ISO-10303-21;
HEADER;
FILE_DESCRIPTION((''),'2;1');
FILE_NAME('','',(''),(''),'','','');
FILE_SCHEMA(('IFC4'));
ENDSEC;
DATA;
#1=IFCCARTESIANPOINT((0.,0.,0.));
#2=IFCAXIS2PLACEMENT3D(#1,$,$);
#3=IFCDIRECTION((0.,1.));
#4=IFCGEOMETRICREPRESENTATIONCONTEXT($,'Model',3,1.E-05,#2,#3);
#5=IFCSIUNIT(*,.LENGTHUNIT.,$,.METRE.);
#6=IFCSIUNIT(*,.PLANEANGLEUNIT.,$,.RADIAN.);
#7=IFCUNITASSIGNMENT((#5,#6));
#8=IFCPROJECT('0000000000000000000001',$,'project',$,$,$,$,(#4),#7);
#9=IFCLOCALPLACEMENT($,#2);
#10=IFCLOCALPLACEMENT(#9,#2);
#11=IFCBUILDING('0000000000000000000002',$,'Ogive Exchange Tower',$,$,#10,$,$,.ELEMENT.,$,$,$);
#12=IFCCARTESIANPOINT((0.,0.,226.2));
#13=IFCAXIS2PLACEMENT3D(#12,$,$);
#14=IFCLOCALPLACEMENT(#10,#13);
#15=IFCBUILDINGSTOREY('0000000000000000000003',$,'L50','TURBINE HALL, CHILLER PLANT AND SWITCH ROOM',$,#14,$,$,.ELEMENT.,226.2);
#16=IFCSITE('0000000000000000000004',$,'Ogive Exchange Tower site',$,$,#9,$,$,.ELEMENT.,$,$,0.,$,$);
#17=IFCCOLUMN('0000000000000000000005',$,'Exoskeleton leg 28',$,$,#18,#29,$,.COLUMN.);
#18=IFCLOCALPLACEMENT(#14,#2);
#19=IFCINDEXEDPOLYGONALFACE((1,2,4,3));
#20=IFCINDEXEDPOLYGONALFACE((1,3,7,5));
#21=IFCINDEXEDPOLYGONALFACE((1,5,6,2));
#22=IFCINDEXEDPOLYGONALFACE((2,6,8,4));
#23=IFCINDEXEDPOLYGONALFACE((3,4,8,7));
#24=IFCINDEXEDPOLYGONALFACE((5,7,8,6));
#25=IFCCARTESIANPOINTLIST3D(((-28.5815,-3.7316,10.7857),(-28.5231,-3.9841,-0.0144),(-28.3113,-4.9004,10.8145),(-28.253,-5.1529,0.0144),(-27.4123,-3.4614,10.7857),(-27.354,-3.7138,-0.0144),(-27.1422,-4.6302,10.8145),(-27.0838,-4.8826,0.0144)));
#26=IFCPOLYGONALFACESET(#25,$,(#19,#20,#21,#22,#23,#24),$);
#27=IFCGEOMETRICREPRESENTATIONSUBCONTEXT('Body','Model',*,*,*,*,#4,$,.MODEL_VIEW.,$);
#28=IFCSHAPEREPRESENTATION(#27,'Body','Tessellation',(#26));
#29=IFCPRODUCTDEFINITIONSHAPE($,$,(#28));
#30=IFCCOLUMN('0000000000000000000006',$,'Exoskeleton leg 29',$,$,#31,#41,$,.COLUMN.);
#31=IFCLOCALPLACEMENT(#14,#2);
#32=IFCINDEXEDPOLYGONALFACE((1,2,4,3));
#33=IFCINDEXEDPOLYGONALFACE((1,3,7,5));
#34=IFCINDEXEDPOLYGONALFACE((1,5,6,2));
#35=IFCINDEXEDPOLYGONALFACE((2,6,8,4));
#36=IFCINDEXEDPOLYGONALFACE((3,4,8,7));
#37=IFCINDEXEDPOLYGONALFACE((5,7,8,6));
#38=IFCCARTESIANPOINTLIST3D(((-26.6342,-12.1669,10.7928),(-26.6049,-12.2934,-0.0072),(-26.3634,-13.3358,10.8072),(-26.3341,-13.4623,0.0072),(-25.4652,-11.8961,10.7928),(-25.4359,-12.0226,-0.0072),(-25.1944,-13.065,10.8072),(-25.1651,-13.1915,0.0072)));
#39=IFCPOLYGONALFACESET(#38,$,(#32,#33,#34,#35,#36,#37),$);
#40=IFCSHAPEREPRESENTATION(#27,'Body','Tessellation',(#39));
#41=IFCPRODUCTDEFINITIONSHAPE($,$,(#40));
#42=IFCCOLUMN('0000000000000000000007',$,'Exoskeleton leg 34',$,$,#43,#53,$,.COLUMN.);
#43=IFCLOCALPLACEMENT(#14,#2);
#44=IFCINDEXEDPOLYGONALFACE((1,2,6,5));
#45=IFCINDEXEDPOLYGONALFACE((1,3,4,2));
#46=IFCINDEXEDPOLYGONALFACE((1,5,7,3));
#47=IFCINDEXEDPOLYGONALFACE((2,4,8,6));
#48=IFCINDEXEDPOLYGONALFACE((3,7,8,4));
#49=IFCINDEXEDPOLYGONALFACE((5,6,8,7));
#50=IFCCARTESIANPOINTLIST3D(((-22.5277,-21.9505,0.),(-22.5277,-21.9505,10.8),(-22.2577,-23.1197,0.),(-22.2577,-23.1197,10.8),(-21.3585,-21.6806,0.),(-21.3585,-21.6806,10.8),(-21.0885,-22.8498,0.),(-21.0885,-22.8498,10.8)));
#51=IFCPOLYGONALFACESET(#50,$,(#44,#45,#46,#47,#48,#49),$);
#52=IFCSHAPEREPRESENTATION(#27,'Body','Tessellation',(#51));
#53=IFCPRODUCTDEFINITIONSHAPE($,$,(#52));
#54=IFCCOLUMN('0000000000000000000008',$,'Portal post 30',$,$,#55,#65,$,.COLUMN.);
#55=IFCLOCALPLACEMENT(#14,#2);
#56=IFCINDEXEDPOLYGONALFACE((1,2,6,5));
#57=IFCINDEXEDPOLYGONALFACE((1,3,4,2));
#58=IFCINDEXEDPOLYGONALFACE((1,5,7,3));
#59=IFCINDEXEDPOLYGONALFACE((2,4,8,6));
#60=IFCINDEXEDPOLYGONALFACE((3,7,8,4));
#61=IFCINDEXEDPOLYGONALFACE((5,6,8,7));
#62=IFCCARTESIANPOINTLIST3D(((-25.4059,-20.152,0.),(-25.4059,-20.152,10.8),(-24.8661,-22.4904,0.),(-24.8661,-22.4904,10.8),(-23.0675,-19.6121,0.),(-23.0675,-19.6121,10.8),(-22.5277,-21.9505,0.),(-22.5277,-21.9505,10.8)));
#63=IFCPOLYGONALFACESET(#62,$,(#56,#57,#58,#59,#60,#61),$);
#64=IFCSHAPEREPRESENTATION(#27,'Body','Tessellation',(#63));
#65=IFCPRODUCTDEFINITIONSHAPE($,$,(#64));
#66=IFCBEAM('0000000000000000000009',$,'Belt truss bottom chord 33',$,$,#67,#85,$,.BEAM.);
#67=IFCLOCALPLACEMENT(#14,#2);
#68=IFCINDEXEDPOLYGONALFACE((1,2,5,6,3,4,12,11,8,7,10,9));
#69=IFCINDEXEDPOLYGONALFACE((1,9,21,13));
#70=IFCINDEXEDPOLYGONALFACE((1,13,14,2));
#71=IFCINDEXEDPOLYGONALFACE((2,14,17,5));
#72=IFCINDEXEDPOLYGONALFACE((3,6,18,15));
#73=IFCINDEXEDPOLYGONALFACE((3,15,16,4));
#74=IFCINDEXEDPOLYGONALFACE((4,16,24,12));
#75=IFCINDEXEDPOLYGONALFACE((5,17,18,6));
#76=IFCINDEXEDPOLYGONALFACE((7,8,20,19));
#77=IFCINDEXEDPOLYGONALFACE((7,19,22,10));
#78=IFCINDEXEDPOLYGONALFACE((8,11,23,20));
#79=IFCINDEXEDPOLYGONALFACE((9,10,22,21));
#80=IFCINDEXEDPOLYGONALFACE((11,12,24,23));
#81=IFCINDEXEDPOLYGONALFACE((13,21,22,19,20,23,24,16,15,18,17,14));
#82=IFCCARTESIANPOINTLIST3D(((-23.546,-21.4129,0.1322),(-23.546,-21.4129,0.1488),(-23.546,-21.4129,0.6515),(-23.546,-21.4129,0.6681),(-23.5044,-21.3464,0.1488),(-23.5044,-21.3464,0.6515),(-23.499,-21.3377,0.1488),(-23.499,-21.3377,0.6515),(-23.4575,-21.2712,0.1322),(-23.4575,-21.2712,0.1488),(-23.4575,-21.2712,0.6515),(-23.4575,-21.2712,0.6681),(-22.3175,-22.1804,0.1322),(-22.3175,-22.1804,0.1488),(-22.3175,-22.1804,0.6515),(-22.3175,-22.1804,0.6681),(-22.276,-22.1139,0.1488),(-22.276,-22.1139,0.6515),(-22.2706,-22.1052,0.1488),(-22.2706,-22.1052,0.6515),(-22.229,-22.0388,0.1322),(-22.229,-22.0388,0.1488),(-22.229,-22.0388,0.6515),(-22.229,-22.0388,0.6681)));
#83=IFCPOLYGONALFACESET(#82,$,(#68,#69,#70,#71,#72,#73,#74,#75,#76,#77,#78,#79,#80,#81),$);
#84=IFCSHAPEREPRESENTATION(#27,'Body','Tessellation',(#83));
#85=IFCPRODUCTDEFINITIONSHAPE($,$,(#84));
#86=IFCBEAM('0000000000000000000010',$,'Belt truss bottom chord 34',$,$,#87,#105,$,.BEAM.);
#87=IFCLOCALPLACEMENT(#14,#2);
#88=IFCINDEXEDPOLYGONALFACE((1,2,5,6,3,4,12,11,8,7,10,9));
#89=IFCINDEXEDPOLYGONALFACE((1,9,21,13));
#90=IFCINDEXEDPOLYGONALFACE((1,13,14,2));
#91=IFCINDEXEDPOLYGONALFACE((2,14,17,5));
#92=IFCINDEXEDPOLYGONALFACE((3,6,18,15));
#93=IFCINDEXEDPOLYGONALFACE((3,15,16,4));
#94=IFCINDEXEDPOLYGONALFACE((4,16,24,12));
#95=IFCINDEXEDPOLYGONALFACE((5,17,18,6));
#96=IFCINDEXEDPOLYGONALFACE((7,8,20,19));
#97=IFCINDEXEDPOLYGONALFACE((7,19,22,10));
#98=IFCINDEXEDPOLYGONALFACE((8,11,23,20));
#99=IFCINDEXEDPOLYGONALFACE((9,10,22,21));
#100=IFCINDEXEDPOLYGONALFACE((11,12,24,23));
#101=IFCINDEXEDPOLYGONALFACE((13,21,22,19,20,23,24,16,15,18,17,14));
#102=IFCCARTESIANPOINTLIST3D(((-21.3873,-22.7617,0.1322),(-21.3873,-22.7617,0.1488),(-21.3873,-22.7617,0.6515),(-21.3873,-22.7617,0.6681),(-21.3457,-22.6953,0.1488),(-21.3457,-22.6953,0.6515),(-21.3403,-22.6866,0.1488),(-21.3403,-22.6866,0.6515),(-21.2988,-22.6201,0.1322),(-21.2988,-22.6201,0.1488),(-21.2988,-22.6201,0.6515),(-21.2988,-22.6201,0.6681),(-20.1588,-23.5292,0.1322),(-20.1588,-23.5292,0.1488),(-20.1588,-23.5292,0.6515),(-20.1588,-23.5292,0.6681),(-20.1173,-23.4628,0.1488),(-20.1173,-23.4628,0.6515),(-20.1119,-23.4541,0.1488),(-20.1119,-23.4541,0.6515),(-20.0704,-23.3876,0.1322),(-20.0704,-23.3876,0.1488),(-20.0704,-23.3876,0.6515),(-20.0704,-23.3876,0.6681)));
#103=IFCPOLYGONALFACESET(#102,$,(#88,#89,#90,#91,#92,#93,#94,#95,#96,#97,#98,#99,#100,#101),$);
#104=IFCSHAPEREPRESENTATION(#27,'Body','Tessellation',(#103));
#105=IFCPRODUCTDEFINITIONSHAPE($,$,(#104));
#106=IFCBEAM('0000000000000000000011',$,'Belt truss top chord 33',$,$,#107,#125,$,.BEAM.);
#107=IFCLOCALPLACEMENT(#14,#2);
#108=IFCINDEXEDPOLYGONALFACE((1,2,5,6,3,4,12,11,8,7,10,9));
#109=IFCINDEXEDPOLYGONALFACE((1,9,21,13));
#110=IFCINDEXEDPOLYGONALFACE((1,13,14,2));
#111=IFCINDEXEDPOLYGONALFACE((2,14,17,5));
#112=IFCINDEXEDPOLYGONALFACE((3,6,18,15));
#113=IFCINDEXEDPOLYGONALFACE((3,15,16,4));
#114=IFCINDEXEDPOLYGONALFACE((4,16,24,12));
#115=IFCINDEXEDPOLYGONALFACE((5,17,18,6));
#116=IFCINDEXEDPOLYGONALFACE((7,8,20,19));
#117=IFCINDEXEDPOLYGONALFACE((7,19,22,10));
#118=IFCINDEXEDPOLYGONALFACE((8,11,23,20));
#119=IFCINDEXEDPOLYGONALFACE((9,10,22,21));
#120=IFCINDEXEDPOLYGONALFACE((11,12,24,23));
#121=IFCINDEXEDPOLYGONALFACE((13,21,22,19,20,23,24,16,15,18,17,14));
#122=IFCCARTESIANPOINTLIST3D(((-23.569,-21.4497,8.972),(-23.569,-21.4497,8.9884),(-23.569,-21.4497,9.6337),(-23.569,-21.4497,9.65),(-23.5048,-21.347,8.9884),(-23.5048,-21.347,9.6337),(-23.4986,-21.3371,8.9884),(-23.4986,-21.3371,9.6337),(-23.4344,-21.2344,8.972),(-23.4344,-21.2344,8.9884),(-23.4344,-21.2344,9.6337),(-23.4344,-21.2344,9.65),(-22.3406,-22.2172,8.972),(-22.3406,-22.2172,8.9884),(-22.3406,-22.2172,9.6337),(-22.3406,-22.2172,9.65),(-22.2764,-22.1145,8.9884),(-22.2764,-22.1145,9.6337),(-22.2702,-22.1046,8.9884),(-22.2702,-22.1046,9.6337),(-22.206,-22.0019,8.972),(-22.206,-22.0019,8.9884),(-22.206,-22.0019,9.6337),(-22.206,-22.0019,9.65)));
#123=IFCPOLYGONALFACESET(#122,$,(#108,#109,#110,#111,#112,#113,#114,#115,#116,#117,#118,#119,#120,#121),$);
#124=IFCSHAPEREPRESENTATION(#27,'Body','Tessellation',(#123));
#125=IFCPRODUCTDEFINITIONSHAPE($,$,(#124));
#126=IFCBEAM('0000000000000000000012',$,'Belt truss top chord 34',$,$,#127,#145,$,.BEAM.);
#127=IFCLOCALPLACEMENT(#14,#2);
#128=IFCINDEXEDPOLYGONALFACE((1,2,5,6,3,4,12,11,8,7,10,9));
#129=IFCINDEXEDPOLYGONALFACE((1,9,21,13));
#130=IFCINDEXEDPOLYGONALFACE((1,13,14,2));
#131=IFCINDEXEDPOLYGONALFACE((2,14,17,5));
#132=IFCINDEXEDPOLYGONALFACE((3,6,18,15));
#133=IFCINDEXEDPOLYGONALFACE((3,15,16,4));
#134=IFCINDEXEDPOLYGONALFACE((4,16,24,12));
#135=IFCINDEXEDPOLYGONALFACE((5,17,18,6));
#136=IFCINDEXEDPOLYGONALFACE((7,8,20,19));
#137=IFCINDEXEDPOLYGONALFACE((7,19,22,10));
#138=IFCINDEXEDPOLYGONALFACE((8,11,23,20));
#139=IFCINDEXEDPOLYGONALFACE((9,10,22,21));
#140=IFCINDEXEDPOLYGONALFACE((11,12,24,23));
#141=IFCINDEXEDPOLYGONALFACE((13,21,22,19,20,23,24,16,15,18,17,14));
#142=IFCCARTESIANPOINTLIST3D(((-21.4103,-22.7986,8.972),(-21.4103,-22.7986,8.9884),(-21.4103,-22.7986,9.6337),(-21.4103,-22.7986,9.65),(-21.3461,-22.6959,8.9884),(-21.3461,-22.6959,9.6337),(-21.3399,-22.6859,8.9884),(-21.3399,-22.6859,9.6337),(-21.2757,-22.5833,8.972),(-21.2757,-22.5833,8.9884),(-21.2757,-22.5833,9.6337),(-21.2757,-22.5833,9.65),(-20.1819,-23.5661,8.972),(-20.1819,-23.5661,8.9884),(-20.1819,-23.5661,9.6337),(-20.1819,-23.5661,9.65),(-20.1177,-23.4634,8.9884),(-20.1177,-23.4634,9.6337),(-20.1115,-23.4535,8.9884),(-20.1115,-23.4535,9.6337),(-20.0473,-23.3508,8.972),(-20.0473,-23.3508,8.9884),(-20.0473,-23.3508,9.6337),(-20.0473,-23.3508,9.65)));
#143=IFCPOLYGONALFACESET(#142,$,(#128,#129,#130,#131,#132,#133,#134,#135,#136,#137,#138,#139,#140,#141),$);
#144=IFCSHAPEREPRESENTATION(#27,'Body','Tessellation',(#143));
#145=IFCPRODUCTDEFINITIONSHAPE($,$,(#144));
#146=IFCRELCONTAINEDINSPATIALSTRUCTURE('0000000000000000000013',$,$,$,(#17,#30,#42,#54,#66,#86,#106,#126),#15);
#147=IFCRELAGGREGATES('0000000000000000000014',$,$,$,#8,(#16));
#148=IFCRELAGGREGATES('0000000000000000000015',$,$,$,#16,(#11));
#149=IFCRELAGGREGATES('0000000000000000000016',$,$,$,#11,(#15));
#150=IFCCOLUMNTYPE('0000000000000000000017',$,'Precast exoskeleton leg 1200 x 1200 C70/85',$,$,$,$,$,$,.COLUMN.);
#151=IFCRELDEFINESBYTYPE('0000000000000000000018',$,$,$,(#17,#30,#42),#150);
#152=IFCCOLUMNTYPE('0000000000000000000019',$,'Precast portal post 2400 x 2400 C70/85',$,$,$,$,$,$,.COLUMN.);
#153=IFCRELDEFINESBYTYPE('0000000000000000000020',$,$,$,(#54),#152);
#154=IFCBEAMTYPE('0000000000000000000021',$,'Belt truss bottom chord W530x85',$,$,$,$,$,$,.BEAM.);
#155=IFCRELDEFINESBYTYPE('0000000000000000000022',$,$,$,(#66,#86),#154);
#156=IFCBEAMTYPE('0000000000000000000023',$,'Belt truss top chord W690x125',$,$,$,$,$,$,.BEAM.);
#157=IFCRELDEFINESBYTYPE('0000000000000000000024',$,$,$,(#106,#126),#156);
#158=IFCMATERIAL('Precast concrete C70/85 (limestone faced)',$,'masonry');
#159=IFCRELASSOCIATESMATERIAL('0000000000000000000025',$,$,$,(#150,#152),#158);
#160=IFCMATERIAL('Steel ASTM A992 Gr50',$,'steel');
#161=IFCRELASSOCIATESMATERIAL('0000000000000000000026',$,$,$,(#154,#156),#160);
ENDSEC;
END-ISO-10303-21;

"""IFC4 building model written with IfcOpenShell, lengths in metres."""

from ifc_helpers import new_model, si_unit, direction, frame, origin, origin_2d, place, context, subcontext, project, spatial, rectangle, i_section, extrude, material, material_profile, profile_set, type_object, element, save


model = new_model("IFC4")

# Units and contexts
model_context = context("Model", 3, precision=1e-05, world=origin(), true_north=direction((0.0, 1.0)))
body_context = subcontext(model_context, "Body", "Model", "MODEL_VIEW")
ifc_project = project(units=[si_unit("LENGTHUNIT", "METRE"), si_unit("PLANEANGLEUNIT", "RADIAN")], contexts=[model_context])

# Site, building, storey
site_placement = place(None, origin())
site = spatial("IfcSite", under=ifc_project, at=site_placement, Name="Ogive Exchange Tower site", CompositionType="ELEMENT", RefElevation=0.0)
building_placement = place(site_placement, origin())
building = spatial("IfcBuilding", under=site, at=building_placement, Name="Ogive Exchange Tower", CompositionType="ELEMENT")
storey_placement = place(building_placement, frame((0.0, 0.0, 226.2)))
storey = spatial("IfcBuildingStorey", under=building, at=storey_placement, Name="L50", Description="TURBINE HALL, CHILLER PLANT AND SWITCH ROOM", CompositionType="ELEMENT", Elevation=226.2)

# Columns
ifc_material_1 = material(Name="Precast concrete C70/85 (limestone faced)", Category="masonry")
ifc_material_profile_1 = material_profile(ifc_material_1, rectangle(XDim=1.2, YDim=1.2, at=origin_2d()), Name="1200 x 1200")
ifc_profile_set_1 = profile_set([ifc_material_profile_1], Name="Precast concrete C70/85 (limestone faced)")
column_type_1 = type_object("IfcColumnType", Name="Precast exoskeleton leg 1200 x 1200 C70/85", PredefinedType="COLUMN", material=ifc_profile_set_1)
column_1_placement = place(storey_placement, frame((-27.8035, -4.4333, 0.0), z_axis=(-0.005401, 0.023367, 0.999712), x_axis=(-0.974312, -0.225204, 0.0)))
element("IfcColumn", 1, at=column_1_placement, inside=storey, type_object=column_type_1, Name="Exoskeleton leg 28", PredefinedType="COLUMN", context=body_context, shape_type="SweptSolid", body=[
    extrude(rectangle(XDim=1.2, YDim=1.2, at=origin_2d()), origin(), (0.0, 0.0, 1.0), 10.8032),
])
column_2_placement = place(storey_placement, frame((-25.885, -12.7424, 0.0), z_axis=(-0.002712, 0.011709, 0.999928), x_axis=(-0.974201, -0.225684, 0.0)))
element("IfcColumn", 2, at=column_2_placement, inside=storey, type_object=column_type_1, Name="Exoskeleton leg 29", PredefinedType="COLUMN", context=body_context, shape_type="SweptSolid", body=[
    extrude(rectangle(XDim=1.2, YDim=1.2, at=origin_2d()), origin(), (0.0, 0.0, 1.0), 10.8008),
])
column_3_placement = place(storey_placement, frame((-21.8081, -22.4001, 0.0), z_axis=(0.0, 0.0, 1.0), x_axis=(0.97437, 0.224951, 0.0)))
element("IfcColumn", 3, at=column_3_placement, inside=storey, type_object=column_type_1, Name="Exoskeleton leg 34", PredefinedType="COLUMN", context=body_context, shape_type="SweptSolid", body=[
    extrude(rectangle(XDim=1.2, YDim=1.2, at=origin_2d()), origin(), (0.0, 0.0, 1.0), 10.8),
])
ifc_material_profile_2 = material_profile(ifc_material_1, rectangle(XDim=2.3999, YDim=2.3999, at=origin_2d()), Name="2400 x 2400")
ifc_profile_set_2 = profile_set([ifc_material_profile_2], Name="Precast concrete C70/85 (limestone faced)")
column_type_2 = type_object("IfcColumnType", Name="Precast portal post 2400 x 2400 C70/85", PredefinedType="COLUMN", material=ifc_profile_set_2)
column_4_placement = place(storey_placement, frame((-23.9668, -21.0513, 0.0), z_axis=(0.0, 0.0, 1.0), x_axis=(0.97437, 0.224951, 0.0)))
element("IfcColumn", 4, at=column_4_placement, inside=storey, type_object=column_type_2, Name="Portal post 30", PredefinedType="COLUMN", context=body_context, shape_type="SweptSolid", body=[
    extrude(rectangle(XDim=2.3999, YDim=2.3999, at=origin_2d()), origin(), (0.0, 0.0, 1.0), 10.8),
])

# Beams
ifc_material_2 = material(Name="Steel ASTM A992 Gr50", Category="steel")
ifc_material_profile_3 = material_profile(ifc_material_2, i_section(OverallWidth=0.167, OverallDepth=0.5359, WebThickness=0.0103, FlangeThickness=0.0166, at=origin_2d()), Name="W530x85")
ifc_profile_set_3 = profile_set([ifc_material_profile_3], Name="Steel ASTM A992 Gr50")
beam_type_1 = type_object("IfcBeamType", Name="Belt truss bottom chord W530x85", PredefinedType="BEAM", material=ifc_profile_set_3)
for number, where, z_axis, x_axis, name in (
    (5, (-23.5017, -21.342, 0.4001), (0.848074, -0.529878, 0.0), (0.529878, 0.848074, 0.0), "Belt truss bottom chord 33"),
    (6, (-21.343, -22.6909, 0.4001), (0.848074, -0.529878, 0.0), (0.529878, 0.848074, 0.0), "Belt truss bottom chord 34"),
):
    element("IfcBeam", number, at=place(storey_placement, frame(where, z_axis=z_axis, x_axis=x_axis)), inside=storey, type_object=beam_type_1, Name=name, PredefinedType="BEAM", context=body_context, shape_type="SweptSolid", body=[
        extrude(i_section(OverallWidth=0.167, OverallDepth=0.5359, WebThickness=0.0103, FlangeThickness=0.0166, at=origin_2d()), origin(), (0.0, 0.0, 1.0), 1.4485),
    ])
ifc_material_profile_4 = material_profile(ifc_material_2, i_section(OverallWidth=0.2539, OverallDepth=0.678, WebThickness=0.0117, FlangeThickness=0.0164, at=origin_2d()), Name="W690x125")
ifc_profile_set_4 = profile_set([ifc_material_profile_4], Name="Steel ASTM A992 Gr50")
beam_type_2 = type_object("IfcBeamType", Name="Belt truss top chord W690x125", PredefinedType="BEAM", material=ifc_profile_set_4)
for number, where, z_axis, x_axis, name in (
    (7, (-23.5017, -21.342, 9.311), (0.848074, -0.529878, 0.0), (0.529878, 0.848074, 0.0), "Belt truss top chord 33"),
    (8, (-21.343, -22.6909, 9.311), (0.848074, -0.529878, 0.0), (0.529878, 0.848074, 0.0), "Belt truss top chord 34"),
):
    element("IfcBeam", number, at=place(storey_placement, frame(where, z_axis=z_axis, x_axis=x_axis)), inside=storey, type_object=beam_type_2, Name=name, PredefinedType="BEAM", context=body_context, shape_type="SweptSolid", body=[
        extrude(i_section(OverallWidth=0.2539, OverallDepth=0.678, WebThickness=0.0117, FlangeThickness=0.0164, at=origin_2d()), origin(), (0.0, 0.0, 1.0), 1.4485),
    ])

save(model, "model.ifc")
